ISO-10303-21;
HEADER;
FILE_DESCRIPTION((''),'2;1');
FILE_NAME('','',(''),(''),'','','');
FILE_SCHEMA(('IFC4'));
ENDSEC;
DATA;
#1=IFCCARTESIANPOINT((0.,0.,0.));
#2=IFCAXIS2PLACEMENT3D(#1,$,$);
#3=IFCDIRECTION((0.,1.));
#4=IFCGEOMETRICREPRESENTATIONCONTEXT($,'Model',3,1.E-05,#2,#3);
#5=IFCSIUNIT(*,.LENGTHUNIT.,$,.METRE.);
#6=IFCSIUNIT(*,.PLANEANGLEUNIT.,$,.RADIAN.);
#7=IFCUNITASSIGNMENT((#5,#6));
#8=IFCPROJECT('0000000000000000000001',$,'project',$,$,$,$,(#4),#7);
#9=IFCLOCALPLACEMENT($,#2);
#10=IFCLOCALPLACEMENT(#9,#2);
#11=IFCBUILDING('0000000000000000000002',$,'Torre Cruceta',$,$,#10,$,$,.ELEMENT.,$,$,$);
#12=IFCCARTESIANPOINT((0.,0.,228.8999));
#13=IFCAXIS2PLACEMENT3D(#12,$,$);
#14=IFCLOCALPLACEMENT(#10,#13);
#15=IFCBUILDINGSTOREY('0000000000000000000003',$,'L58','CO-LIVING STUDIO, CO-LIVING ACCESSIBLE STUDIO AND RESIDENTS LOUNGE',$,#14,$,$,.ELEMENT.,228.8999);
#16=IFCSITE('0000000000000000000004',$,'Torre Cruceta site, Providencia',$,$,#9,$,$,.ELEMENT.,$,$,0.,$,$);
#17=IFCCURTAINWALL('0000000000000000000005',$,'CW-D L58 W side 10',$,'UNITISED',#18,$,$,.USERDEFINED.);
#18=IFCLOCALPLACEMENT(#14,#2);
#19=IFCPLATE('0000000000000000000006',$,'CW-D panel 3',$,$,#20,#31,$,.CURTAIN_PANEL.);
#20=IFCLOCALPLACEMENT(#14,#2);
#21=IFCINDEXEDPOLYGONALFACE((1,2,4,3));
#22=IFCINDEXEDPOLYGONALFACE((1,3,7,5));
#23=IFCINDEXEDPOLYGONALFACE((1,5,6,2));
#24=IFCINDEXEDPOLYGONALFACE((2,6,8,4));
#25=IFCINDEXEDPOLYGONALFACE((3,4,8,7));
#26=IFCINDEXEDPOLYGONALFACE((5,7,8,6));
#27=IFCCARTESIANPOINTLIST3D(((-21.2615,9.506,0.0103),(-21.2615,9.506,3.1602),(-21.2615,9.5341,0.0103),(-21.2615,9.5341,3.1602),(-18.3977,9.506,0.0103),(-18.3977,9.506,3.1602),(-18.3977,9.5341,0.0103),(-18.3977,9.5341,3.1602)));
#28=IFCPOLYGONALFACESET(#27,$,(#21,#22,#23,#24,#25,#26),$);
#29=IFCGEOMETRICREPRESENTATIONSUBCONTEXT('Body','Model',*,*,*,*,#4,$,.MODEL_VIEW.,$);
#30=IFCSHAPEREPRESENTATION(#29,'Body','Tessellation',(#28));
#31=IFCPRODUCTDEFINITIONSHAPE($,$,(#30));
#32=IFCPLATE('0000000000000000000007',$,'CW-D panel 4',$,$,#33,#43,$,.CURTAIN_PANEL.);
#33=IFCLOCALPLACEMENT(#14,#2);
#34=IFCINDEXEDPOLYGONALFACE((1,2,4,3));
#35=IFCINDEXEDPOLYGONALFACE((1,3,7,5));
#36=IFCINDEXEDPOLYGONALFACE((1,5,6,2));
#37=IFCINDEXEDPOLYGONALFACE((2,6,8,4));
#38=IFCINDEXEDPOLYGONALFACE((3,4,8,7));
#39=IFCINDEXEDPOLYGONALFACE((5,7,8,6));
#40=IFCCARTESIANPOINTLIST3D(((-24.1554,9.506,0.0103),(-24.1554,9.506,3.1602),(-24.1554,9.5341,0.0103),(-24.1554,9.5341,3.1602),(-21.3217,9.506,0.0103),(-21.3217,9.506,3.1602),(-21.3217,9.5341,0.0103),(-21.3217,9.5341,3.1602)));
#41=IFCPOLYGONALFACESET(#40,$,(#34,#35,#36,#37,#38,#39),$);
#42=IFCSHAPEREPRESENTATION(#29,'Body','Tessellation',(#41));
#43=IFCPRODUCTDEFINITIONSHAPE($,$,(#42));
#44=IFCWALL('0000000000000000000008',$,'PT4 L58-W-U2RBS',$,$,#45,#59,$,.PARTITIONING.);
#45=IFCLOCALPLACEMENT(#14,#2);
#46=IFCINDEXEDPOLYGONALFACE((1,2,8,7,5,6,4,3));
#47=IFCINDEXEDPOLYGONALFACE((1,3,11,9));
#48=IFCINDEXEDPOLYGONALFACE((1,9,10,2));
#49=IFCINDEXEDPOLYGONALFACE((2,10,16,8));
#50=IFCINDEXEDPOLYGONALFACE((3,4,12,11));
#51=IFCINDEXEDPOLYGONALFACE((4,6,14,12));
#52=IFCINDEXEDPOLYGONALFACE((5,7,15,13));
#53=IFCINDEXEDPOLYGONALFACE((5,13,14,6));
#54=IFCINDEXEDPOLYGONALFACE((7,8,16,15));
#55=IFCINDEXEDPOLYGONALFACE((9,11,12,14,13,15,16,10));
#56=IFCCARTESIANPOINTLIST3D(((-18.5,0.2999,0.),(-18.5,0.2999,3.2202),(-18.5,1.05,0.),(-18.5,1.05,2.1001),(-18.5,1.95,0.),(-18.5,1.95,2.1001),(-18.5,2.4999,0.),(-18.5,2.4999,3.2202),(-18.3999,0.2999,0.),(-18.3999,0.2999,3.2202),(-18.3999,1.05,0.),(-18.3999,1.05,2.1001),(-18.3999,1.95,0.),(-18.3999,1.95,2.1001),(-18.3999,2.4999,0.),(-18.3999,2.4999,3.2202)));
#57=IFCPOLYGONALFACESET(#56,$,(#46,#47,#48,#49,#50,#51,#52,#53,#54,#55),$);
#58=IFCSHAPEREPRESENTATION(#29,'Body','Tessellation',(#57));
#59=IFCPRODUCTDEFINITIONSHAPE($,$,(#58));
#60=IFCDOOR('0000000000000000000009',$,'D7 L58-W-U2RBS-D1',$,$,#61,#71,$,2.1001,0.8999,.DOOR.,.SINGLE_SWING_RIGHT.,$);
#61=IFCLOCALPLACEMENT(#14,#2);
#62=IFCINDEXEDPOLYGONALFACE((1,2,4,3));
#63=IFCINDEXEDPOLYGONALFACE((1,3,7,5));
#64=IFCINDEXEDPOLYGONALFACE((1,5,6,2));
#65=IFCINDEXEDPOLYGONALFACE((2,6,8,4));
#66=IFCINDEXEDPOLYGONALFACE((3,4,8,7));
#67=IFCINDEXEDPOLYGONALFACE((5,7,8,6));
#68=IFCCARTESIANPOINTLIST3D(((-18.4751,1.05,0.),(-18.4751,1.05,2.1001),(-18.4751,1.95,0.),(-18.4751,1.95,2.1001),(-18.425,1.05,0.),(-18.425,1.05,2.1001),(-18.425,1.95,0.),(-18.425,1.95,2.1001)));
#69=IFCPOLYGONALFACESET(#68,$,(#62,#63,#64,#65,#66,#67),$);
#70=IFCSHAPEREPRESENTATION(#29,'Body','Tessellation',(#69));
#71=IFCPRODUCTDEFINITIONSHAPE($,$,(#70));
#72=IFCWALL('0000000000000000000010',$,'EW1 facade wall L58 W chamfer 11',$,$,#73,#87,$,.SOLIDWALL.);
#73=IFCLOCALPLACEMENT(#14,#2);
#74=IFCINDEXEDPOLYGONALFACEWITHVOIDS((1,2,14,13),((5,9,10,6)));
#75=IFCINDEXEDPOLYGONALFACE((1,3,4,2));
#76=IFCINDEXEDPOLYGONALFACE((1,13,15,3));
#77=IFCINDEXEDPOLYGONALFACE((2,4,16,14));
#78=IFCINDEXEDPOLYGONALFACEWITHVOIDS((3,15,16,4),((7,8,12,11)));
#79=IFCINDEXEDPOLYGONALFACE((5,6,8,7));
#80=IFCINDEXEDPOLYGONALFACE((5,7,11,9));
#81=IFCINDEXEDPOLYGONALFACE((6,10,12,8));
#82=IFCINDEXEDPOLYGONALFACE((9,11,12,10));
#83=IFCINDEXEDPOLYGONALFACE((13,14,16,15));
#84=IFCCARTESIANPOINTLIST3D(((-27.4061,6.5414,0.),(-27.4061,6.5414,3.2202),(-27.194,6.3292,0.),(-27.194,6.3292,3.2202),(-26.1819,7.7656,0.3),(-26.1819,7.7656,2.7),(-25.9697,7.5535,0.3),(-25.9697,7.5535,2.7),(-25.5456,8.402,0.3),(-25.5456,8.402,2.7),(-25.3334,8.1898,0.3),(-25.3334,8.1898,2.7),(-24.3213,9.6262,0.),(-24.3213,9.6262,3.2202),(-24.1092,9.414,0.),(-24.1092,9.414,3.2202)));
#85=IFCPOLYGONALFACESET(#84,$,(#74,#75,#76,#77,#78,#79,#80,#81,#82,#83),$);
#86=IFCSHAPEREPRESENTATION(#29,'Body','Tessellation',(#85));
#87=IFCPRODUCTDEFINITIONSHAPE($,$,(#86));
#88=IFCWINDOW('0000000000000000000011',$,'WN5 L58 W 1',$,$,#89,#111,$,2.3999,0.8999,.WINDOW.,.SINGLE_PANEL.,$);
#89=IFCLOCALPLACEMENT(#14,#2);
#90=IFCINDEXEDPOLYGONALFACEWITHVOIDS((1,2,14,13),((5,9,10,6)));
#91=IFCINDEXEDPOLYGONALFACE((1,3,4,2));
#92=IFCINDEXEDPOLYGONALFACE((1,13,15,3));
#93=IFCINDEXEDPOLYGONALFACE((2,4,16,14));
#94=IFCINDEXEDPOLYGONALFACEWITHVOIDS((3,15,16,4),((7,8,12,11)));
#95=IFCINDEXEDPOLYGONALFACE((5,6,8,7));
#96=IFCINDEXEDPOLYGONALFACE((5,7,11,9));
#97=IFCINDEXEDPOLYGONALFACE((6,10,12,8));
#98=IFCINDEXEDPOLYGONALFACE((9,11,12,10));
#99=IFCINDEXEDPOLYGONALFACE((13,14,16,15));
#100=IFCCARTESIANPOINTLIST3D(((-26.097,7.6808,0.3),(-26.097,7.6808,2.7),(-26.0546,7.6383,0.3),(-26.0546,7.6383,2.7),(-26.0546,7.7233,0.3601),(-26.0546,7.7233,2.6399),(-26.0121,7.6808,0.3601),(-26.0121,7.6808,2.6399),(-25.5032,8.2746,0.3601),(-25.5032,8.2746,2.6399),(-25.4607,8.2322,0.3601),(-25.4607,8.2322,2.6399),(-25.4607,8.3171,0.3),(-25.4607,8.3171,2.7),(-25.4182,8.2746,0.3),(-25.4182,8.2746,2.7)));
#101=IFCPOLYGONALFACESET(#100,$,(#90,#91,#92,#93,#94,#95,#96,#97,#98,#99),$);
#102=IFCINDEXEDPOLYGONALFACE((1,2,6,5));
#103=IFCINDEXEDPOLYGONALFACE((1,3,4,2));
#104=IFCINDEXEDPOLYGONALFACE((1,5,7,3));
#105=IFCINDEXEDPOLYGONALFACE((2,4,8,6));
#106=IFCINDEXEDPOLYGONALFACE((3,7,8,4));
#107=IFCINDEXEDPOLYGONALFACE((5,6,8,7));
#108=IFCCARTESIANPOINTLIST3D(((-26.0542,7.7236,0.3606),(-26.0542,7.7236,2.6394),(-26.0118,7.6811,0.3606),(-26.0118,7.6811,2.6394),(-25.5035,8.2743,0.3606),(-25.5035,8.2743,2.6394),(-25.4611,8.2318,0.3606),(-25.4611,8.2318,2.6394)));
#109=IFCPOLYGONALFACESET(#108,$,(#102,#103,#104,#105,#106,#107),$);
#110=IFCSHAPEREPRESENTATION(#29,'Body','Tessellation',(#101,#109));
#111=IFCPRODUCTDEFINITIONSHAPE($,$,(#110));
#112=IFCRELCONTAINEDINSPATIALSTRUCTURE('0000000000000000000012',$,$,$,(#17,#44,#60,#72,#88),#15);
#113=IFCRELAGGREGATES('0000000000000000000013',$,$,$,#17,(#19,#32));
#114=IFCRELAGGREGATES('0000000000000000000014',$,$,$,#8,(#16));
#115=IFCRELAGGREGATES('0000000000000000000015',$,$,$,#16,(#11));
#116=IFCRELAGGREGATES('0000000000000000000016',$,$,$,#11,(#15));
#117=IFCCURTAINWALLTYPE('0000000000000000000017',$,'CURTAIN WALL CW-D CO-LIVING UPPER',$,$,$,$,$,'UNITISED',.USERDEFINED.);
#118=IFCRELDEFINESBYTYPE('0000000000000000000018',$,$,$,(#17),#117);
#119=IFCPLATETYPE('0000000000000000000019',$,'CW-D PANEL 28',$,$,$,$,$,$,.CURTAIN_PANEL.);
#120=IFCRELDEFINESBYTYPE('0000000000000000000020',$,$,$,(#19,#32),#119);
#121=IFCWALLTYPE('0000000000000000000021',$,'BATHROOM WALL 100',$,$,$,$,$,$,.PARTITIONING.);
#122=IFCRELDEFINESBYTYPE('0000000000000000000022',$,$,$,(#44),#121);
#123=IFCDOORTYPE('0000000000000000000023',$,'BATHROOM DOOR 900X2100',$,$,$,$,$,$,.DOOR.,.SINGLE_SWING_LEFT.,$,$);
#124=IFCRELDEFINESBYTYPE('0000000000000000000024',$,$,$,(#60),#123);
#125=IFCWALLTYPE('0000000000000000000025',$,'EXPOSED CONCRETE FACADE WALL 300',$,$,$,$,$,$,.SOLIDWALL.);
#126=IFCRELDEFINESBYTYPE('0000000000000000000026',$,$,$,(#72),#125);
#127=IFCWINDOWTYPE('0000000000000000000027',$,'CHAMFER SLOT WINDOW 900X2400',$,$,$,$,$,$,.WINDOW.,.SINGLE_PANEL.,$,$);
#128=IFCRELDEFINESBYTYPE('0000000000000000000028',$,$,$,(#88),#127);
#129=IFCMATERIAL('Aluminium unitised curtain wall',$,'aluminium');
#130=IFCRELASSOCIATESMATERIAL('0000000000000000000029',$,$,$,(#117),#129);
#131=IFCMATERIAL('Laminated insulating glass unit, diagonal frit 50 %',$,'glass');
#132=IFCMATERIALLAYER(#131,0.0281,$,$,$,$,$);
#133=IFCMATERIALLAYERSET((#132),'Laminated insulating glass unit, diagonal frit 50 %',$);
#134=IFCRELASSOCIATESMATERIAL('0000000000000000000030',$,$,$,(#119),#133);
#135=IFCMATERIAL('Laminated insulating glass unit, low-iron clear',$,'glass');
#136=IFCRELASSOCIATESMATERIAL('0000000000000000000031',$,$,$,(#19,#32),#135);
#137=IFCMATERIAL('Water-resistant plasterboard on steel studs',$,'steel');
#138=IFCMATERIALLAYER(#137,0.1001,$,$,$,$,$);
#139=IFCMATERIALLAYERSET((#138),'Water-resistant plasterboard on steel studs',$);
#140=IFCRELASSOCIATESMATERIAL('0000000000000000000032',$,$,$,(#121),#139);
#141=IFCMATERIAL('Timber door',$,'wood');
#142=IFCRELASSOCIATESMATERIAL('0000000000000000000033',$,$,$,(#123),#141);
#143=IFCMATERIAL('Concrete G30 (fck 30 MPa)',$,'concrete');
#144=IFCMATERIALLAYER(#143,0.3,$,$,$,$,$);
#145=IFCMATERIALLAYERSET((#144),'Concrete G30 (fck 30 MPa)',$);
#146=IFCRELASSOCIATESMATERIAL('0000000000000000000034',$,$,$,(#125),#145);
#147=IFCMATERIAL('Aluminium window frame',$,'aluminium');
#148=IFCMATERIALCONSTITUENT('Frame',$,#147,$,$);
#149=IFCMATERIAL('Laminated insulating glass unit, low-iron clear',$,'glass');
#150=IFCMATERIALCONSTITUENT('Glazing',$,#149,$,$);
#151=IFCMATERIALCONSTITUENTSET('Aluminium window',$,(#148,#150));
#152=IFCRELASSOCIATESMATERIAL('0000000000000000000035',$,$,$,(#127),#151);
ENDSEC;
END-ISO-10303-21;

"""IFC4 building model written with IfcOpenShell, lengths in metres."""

from ifc_helpers import new_model, si_unit, direction, frame, frame_2d, origin, origin_2d, place, context, subcontext, project, spatial, rectangle, hollow_rectangle, extrude, material, layer, layer_set, constituent, constituent_set, type_object, element, fill, aggregate, save


model = new_model("IFC4")

# Units and contexts
model_context = context("Model", 3, precision=1e-05, world=origin(), true_north=direction((0.0, 1.0)))
body_context = subcontext(model_context, "Body", "Model", "MODEL_VIEW")
ifc_project = project(units=[si_unit("LENGTHUNIT", "METRE"), si_unit("PLANEANGLEUNIT", "RADIAN")], contexts=[model_context])

# Site, building, storey
site_placement = place(None, origin())
site = spatial("IfcSite", under=ifc_project, at=site_placement, Name="Torre Cruceta site, Providencia", CompositionType="ELEMENT", RefElevation=0.0)
building_placement = place(site_placement, origin())
building = spatial("IfcBuilding", under=site, at=building_placement, Name="Torre Cruceta", CompositionType="ELEMENT")
storey_placement = place(building_placement, frame((0.0, 0.0, 228.8999)))
storey = spatial("IfcBuildingStorey", under=building, at=storey_placement, Name="L58", Description="CO-LIVING STUDIO, CO-LIVING ACCESSIBLE STUDIO AND RESIDENTS LOUNGE", CompositionType="ELEMENT", Elevation=228.8999)

# Curtain wall
ifc_material_1 = material(Name="Aluminium unitised curtain wall", Category="aluminium")
curtain_wall_type = type_object("IfcCurtainWallType", Name="CURTAIN WALL CW-D CO-LIVING UPPER", ElementType="UNITISED", PredefinedType="USERDEFINED", material=ifc_material_1)
curtain_wall_placement = place(storey_placement, origin())
curtain_wall = element("IfcCurtainWall", 1, at=curtain_wall_placement, inside=storey, type_object=curtain_wall_type, Name="CW-D L58 W side 10", ObjectType="UNITISED", PredefinedType="USERDEFINED")

# Plates
ifc_material_2 = material(Name="Laminated insulating glass unit, low-iron clear", Category="glass")
ifc_material_3 = material(Name="Laminated insulating glass unit, diagonal frit 50 %", Category="glass")
ifc_layer_1 = layer(ifc_material_3, 0.0281)
ifc_layer_set_1 = layer_set([ifc_layer_1], Name="Laminated insulating glass unit, diagonal frit 50 %")
plate_type = type_object("IfcPlateType", Name="CW-D PANEL 28", PredefinedType="CURTAIN_PANEL", material=ifc_layer_set_1)
plate_1_placement = place(storey_placement, frame((-19.8296, 9.52, 0.0103), z_axis=(0.0, 0.0, 1.0), x_axis=(-1.0, 0.0, 0.0)))
plate_1 = element("IfcPlate", 2, at=plate_1_placement, type_object=plate_type, material=ifc_material_2, Name="CW-D panel 3", PredefinedType="CURTAIN_PANEL", context=body_context, shape_type="SweptSolid", body=[
    extrude(rectangle(XDim=2.8638, YDim=0.0281, at=origin_2d()), origin(), (0.0, 0.0, 1.0), 3.1499),
])
plate_2_placement = place(storey_placement, frame((-22.7385, 9.52, 0.0103), z_axis=(0.0, 0.0, 1.0), x_axis=(-1.0, 0.0, 0.0)))
plate_2 = element("IfcPlate", 3, at=plate_2_placement, type_object=plate_type, material=ifc_material_2, Name="CW-D panel 4", PredefinedType="CURTAIN_PANEL", context=body_context, shape_type="SweptSolid", body=[
    extrude(rectangle(XDim=2.8337, YDim=0.0281, at=origin_2d()), origin(), (0.0, 0.0, 1.0), 3.1499),
])
aggregate(curtain_wall, [plate_1, plate_2])

# Wall, opening, door
ifc_material_4 = material(Name="Water-resistant plasterboard on steel studs", Category="steel")
ifc_layer_2 = layer(ifc_material_4, 0.1001)
ifc_layer_set_2 = layer_set([ifc_layer_2], Name="Water-resistant plasterboard on steel studs")
wall_type_1 = type_object("IfcWallType", Name="BATHROOM WALL 100", PredefinedType="PARTITIONING", material=ifc_layer_set_2)
wall_1_placement = place(storey_placement, frame((-18.45, 2.5, 0.0), z_axis=(0.0, 0.0, 1.0), x_axis=(0.0, -1.0, 0.0)))
wall_1 = element("IfcWall", 4, at=wall_1_placement, inside=storey, type_object=wall_type_1, Name="PT4 L58-W-U2RBS", PredefinedType="PARTITIONING", context=body_context, shape_type="SweptSolid", body=[
    extrude(rectangle(XDim=2.2, YDim=0.1001, at=frame_2d((1.1001, 0.0))), origin(), (0.0, 0.0, 1.0), 3.2202),
])
opening_1_placement = place(wall_1_placement, frame((0.55, 0.0, 0.0)))
opening_1 = element("IfcOpeningElement", 5, at=opening_1_placement, cuts=wall_1, PredefinedType="OPENING", context=body_context, shape_type="SweptSolid", body=[
    extrude(rectangle(XDim=0.8999, YDim=2.1001, at=frame_2d((0.45, 1.05))), frame((0.0, 0.0601, 0.0), z_axis=(0.0, -1.0, 0.0), x_axis=(1.0, 0.0, 0.0)), (0.0, 0.0, 1.0), 0.1201),
])
ifc_material_5 = material(Name="Timber door", Category="wood")
door_type = type_object("IfcDoorType", Name="BATHROOM DOOR 900X2100", OperationType="SINGLE_SWING_LEFT", PredefinedType="DOOR", material=ifc_material_5)
door_placement = place(opening_1_placement, frame((0.8999, 0.0, 0.0), z_axis=(0.0, 0.0, 1.0), x_axis=(-1.0, 0.0, 0.0)))
door = element("IfcDoor", 6, at=door_placement, inside=storey, type_object=door_type, Name="D7 L58-W-U2RBS-D1", OperationType="SINGLE_SWING_RIGHT", OverallHeight=2.1001, OverallWidth=0.8999, PredefinedType="DOOR", context=body_context, shape_type="SweptSolid", body=[
    extrude(rectangle(XDim=0.8999, YDim=2.1001, at=frame_2d((0.45, 1.05))), frame((0.0, 0.0251, 0.0), z_axis=(0.0, -1.0, 0.0), x_axis=(1.0, 0.0, 0.0)), (0.0, 0.0, 1.0), 0.05),
])
fill(opening_1, door)

# Wall, opening, window
ifc_material_6 = material(Name="Concrete G30 (fck 30 MPa)", Category="concrete")
ifc_layer_3 = layer(ifc_material_6, 0.3)
ifc_layer_set_3 = layer_set([ifc_layer_3], Name="Concrete G30 (fck 30 MPa)")
wall_type_2 = type_object("IfcWallType", Name="EXPOSED CONCRETE FACADE WALL 300", PredefinedType="SOLIDWALL", material=ifc_layer_set_3)
wall_2_placement = place(storey_placement, frame((-24.2153, 9.52, 0.0), z_axis=(0.0, 0.0, 1.0), x_axis=(-0.707107, -0.707107, 0.0)))
wall_2 = element("IfcWall", 7, at=wall_2_placement, inside=storey, type_object=wall_type_2, Name="EW1 facade wall L58 W chamfer 11", PredefinedType="SOLIDWALL", context=body_context, shape_type="SweptSolid", body=[
    extrude(rectangle(XDim=4.3625, YDim=0.3, at=frame_2d((2.1812, 0.0))), origin(), (0.0, 0.0, 1.0), 3.2202),
])
opening_2_placement = place(wall_2_placement, frame((1.7312, 0.0, 0.3)))
opening_2 = element("IfcOpeningElement", 8, at=opening_2_placement, cuts=wall_2, PredefinedType="OPENING", context=body_context, shape_type="SweptSolid", body=[
    extrude(rectangle(XDim=0.8999, YDim=2.3999, at=frame_2d((0.45, 1.2))), frame((0.0, 0.1599, 0.0), z_axis=(0.0, -1.0, 0.0), x_axis=(1.0, 0.0, 0.0)), (0.0, 0.0, 1.0), 0.3201),
])
ifc_material_7 = material(Name="Aluminium window frame", Category="aluminium")
ifc_constituent_1 = constituent(ifc_material_7, Name="Frame")
ifc_material_8 = material(Name="Laminated insulating glass unit, low-iron clear", Category="glass")
ifc_constituent_2 = constituent(ifc_material_8, Name="Glazing")
ifc_constituent_set_1 = constituent_set(constituents=[ifc_constituent_1, ifc_constituent_2], Name="Aluminium window")
window_type_1 = type_object("IfcWindowType", Name="CHAMFER SLOT WINDOW 900X2400", PartitioningType="SINGLE_PANEL", PredefinedType="WINDOW", material=ifc_constituent_set_1)
window_1_placement = place(opening_2_placement, origin())
window_1 = element("IfcWindow", 9, at=window_1_placement, inside=storey, type_object=window_type_1, Name="WN5 L58 W 1", OverallHeight=2.3999, OverallWidth=0.8999, PartitioningType="SINGLE_PANEL", PredefinedType="WINDOW", context=body_context, shape_type="SweptSolid", body=[
    extrude(hollow_rectangle(XDim=0.8999, YDim=2.3999, WallThickness=0.0601, at=frame_2d((0.45, 1.2))), frame((0.0, 0.03, 0.0), z_axis=(0.0, -1.0, 0.0), x_axis=(1.0, 0.0, 0.0)), (0.0, 0.0, 1.0), 0.0601),
    extrude(rectangle(XDim=0.7788, YDim=2.2788, at=frame_2d((0.45, 1.2))), frame((0.0, 0.03, 0.0), z_axis=(0.0, -1.0, 0.0), x_axis=(1.0, 0.0, 0.0)), (0.0, 0.0, 1.0), 0.0601),
])
fill(opening_2, window_1)

save(model, "model.ifc")
